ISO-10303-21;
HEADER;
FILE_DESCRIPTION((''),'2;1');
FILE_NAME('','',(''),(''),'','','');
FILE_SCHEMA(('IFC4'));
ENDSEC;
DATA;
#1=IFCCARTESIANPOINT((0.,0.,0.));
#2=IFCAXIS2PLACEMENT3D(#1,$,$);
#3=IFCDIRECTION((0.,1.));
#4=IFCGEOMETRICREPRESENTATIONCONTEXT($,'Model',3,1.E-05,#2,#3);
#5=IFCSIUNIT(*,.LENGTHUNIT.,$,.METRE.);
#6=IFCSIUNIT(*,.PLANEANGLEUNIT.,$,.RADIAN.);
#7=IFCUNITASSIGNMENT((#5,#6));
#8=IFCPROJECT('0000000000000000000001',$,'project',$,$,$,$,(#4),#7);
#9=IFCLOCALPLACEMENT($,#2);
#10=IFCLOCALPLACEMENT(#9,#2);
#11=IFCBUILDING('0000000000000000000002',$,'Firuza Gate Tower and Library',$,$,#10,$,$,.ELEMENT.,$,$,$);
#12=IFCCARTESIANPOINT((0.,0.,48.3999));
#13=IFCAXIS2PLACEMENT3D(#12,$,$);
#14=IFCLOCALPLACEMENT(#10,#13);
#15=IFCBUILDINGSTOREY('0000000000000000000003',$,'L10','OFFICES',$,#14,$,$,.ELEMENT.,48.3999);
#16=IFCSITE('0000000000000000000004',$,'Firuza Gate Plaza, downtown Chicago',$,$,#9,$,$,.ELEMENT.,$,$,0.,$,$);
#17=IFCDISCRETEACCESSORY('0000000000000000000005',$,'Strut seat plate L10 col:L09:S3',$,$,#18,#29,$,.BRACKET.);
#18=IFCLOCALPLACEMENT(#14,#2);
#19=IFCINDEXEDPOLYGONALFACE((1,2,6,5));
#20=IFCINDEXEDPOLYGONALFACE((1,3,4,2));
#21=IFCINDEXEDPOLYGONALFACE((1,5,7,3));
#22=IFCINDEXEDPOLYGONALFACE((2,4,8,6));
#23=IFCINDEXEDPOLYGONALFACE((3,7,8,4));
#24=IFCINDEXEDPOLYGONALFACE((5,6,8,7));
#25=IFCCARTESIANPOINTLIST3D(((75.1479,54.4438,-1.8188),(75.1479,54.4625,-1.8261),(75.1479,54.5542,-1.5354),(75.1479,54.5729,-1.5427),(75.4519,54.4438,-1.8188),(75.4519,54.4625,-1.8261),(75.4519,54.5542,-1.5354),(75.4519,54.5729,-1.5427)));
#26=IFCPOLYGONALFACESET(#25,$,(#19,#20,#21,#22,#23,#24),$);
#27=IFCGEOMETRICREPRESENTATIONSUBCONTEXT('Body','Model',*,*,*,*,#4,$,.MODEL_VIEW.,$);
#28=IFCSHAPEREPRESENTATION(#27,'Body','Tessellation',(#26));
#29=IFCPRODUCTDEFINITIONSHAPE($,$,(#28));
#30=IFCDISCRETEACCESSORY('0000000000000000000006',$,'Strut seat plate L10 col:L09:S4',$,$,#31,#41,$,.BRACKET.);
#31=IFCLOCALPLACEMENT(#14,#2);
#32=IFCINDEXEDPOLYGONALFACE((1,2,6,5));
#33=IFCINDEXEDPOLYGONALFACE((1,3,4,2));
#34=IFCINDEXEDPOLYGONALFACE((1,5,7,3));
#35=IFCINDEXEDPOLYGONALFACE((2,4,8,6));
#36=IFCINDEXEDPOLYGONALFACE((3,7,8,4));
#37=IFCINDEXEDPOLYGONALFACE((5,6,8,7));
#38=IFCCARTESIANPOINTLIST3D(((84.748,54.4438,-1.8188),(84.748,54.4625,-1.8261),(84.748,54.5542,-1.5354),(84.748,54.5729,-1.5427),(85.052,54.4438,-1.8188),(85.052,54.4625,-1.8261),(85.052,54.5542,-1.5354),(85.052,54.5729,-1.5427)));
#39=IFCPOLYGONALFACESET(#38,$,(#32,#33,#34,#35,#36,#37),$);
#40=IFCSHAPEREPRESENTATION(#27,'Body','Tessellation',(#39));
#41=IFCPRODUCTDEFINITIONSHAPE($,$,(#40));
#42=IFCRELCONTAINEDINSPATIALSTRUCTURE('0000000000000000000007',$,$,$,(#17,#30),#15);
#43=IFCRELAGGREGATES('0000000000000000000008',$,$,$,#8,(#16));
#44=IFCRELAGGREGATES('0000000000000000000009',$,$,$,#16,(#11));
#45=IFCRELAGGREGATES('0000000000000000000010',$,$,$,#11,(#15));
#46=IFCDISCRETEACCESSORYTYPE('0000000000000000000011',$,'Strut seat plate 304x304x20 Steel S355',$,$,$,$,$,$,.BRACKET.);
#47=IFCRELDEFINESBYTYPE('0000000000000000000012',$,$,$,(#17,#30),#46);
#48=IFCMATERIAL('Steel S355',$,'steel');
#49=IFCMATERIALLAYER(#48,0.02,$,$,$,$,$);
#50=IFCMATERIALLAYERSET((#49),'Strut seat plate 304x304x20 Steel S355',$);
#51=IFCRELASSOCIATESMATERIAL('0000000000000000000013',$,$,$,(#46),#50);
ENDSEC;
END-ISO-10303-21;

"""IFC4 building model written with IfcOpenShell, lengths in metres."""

from ifc_helpers import new_model, si_unit, direction, frame, origin, place, context, subcontext, project, spatial, polyline, outline, extrude, material, layer, layer_set, type_object, element, save


model = new_model("IFC4")

# Units and contexts
model_context = context("Model", 3, precision=1e-05, world=origin(), true_north=direction((0.0, 1.0)))
body_context = subcontext(model_context, "Body", "Model", "MODEL_VIEW")
ifc_project = project(units=[si_unit("LENGTHUNIT", "METRE"), si_unit("PLANEANGLEUNIT", "RADIAN")], contexts=[model_context])

# Site, building, storey
site_placement = place(None, origin())
site = spatial("IfcSite", under=ifc_project, at=site_placement, Name="Firuza Gate Plaza, downtown Chicago", CompositionType="ELEMENT", RefElevation=0.0)
building_placement = place(site_placement, origin())
building = spatial("IfcBuilding", under=site, at=building_placement, Name="Firuza Gate Tower and Library", CompositionType="ELEMENT")
storey_placement = place(building_placement, frame((0.0, 0.0, 48.3999)))
storey = spatial("IfcBuildingStorey", under=building, at=storey_placement, Name="L10", Description="OFFICES", CompositionType="ELEMENT", Elevation=48.3999)

# Discrete accessories
ifc_material_1 = material(Name="Steel S355", Category="steel")
ifc_layer_1 = layer(ifc_material_1, 0.02)
ifc_layer_set_1 = layer_set([ifc_layer_1], Name="Strut seat plate 304x304x20 Steel S355")
discrete_accessory_type = type_object("IfcDiscreteAccessoryType", Name="Strut seat plate 304x304x20 Steel S355", PredefinedType="BRACKET", material=ifc_layer_set_1)
for number, where, z_axis, x_axis, name in (
    (1, (75.4519, 54.5542, -1.5354), (0.0, -0.931869, 0.362795), (-1.0, 0.0, 0.0), "Strut seat plate L10 col:L09:S3"),
    (2, (85.052, 54.5542, -1.5354), (0.0, -0.931869, 0.362795), (-1.0, 0.0, 0.0), "Strut seat plate L10 col:L09:S4"),
):
    element("IfcDiscreteAccessory", number, at=place(storey_placement, frame(where, z_axis=z_axis, x_axis=x_axis)), inside=storey, type_object=discrete_accessory_type, Name=name, PredefinedType="BRACKET", context=body_context, shape_type="SweptSolid", body=[
        extrude(outline(polyline([(0.0, 0.0), (0.304, 0.0), (0.304, 0.3042), (0.0, 0.3042), (0.0, 0.0)])), origin(), (0.0, 0.0, -1.0), 0.02),
    ])

save(model, "model.ifc")
